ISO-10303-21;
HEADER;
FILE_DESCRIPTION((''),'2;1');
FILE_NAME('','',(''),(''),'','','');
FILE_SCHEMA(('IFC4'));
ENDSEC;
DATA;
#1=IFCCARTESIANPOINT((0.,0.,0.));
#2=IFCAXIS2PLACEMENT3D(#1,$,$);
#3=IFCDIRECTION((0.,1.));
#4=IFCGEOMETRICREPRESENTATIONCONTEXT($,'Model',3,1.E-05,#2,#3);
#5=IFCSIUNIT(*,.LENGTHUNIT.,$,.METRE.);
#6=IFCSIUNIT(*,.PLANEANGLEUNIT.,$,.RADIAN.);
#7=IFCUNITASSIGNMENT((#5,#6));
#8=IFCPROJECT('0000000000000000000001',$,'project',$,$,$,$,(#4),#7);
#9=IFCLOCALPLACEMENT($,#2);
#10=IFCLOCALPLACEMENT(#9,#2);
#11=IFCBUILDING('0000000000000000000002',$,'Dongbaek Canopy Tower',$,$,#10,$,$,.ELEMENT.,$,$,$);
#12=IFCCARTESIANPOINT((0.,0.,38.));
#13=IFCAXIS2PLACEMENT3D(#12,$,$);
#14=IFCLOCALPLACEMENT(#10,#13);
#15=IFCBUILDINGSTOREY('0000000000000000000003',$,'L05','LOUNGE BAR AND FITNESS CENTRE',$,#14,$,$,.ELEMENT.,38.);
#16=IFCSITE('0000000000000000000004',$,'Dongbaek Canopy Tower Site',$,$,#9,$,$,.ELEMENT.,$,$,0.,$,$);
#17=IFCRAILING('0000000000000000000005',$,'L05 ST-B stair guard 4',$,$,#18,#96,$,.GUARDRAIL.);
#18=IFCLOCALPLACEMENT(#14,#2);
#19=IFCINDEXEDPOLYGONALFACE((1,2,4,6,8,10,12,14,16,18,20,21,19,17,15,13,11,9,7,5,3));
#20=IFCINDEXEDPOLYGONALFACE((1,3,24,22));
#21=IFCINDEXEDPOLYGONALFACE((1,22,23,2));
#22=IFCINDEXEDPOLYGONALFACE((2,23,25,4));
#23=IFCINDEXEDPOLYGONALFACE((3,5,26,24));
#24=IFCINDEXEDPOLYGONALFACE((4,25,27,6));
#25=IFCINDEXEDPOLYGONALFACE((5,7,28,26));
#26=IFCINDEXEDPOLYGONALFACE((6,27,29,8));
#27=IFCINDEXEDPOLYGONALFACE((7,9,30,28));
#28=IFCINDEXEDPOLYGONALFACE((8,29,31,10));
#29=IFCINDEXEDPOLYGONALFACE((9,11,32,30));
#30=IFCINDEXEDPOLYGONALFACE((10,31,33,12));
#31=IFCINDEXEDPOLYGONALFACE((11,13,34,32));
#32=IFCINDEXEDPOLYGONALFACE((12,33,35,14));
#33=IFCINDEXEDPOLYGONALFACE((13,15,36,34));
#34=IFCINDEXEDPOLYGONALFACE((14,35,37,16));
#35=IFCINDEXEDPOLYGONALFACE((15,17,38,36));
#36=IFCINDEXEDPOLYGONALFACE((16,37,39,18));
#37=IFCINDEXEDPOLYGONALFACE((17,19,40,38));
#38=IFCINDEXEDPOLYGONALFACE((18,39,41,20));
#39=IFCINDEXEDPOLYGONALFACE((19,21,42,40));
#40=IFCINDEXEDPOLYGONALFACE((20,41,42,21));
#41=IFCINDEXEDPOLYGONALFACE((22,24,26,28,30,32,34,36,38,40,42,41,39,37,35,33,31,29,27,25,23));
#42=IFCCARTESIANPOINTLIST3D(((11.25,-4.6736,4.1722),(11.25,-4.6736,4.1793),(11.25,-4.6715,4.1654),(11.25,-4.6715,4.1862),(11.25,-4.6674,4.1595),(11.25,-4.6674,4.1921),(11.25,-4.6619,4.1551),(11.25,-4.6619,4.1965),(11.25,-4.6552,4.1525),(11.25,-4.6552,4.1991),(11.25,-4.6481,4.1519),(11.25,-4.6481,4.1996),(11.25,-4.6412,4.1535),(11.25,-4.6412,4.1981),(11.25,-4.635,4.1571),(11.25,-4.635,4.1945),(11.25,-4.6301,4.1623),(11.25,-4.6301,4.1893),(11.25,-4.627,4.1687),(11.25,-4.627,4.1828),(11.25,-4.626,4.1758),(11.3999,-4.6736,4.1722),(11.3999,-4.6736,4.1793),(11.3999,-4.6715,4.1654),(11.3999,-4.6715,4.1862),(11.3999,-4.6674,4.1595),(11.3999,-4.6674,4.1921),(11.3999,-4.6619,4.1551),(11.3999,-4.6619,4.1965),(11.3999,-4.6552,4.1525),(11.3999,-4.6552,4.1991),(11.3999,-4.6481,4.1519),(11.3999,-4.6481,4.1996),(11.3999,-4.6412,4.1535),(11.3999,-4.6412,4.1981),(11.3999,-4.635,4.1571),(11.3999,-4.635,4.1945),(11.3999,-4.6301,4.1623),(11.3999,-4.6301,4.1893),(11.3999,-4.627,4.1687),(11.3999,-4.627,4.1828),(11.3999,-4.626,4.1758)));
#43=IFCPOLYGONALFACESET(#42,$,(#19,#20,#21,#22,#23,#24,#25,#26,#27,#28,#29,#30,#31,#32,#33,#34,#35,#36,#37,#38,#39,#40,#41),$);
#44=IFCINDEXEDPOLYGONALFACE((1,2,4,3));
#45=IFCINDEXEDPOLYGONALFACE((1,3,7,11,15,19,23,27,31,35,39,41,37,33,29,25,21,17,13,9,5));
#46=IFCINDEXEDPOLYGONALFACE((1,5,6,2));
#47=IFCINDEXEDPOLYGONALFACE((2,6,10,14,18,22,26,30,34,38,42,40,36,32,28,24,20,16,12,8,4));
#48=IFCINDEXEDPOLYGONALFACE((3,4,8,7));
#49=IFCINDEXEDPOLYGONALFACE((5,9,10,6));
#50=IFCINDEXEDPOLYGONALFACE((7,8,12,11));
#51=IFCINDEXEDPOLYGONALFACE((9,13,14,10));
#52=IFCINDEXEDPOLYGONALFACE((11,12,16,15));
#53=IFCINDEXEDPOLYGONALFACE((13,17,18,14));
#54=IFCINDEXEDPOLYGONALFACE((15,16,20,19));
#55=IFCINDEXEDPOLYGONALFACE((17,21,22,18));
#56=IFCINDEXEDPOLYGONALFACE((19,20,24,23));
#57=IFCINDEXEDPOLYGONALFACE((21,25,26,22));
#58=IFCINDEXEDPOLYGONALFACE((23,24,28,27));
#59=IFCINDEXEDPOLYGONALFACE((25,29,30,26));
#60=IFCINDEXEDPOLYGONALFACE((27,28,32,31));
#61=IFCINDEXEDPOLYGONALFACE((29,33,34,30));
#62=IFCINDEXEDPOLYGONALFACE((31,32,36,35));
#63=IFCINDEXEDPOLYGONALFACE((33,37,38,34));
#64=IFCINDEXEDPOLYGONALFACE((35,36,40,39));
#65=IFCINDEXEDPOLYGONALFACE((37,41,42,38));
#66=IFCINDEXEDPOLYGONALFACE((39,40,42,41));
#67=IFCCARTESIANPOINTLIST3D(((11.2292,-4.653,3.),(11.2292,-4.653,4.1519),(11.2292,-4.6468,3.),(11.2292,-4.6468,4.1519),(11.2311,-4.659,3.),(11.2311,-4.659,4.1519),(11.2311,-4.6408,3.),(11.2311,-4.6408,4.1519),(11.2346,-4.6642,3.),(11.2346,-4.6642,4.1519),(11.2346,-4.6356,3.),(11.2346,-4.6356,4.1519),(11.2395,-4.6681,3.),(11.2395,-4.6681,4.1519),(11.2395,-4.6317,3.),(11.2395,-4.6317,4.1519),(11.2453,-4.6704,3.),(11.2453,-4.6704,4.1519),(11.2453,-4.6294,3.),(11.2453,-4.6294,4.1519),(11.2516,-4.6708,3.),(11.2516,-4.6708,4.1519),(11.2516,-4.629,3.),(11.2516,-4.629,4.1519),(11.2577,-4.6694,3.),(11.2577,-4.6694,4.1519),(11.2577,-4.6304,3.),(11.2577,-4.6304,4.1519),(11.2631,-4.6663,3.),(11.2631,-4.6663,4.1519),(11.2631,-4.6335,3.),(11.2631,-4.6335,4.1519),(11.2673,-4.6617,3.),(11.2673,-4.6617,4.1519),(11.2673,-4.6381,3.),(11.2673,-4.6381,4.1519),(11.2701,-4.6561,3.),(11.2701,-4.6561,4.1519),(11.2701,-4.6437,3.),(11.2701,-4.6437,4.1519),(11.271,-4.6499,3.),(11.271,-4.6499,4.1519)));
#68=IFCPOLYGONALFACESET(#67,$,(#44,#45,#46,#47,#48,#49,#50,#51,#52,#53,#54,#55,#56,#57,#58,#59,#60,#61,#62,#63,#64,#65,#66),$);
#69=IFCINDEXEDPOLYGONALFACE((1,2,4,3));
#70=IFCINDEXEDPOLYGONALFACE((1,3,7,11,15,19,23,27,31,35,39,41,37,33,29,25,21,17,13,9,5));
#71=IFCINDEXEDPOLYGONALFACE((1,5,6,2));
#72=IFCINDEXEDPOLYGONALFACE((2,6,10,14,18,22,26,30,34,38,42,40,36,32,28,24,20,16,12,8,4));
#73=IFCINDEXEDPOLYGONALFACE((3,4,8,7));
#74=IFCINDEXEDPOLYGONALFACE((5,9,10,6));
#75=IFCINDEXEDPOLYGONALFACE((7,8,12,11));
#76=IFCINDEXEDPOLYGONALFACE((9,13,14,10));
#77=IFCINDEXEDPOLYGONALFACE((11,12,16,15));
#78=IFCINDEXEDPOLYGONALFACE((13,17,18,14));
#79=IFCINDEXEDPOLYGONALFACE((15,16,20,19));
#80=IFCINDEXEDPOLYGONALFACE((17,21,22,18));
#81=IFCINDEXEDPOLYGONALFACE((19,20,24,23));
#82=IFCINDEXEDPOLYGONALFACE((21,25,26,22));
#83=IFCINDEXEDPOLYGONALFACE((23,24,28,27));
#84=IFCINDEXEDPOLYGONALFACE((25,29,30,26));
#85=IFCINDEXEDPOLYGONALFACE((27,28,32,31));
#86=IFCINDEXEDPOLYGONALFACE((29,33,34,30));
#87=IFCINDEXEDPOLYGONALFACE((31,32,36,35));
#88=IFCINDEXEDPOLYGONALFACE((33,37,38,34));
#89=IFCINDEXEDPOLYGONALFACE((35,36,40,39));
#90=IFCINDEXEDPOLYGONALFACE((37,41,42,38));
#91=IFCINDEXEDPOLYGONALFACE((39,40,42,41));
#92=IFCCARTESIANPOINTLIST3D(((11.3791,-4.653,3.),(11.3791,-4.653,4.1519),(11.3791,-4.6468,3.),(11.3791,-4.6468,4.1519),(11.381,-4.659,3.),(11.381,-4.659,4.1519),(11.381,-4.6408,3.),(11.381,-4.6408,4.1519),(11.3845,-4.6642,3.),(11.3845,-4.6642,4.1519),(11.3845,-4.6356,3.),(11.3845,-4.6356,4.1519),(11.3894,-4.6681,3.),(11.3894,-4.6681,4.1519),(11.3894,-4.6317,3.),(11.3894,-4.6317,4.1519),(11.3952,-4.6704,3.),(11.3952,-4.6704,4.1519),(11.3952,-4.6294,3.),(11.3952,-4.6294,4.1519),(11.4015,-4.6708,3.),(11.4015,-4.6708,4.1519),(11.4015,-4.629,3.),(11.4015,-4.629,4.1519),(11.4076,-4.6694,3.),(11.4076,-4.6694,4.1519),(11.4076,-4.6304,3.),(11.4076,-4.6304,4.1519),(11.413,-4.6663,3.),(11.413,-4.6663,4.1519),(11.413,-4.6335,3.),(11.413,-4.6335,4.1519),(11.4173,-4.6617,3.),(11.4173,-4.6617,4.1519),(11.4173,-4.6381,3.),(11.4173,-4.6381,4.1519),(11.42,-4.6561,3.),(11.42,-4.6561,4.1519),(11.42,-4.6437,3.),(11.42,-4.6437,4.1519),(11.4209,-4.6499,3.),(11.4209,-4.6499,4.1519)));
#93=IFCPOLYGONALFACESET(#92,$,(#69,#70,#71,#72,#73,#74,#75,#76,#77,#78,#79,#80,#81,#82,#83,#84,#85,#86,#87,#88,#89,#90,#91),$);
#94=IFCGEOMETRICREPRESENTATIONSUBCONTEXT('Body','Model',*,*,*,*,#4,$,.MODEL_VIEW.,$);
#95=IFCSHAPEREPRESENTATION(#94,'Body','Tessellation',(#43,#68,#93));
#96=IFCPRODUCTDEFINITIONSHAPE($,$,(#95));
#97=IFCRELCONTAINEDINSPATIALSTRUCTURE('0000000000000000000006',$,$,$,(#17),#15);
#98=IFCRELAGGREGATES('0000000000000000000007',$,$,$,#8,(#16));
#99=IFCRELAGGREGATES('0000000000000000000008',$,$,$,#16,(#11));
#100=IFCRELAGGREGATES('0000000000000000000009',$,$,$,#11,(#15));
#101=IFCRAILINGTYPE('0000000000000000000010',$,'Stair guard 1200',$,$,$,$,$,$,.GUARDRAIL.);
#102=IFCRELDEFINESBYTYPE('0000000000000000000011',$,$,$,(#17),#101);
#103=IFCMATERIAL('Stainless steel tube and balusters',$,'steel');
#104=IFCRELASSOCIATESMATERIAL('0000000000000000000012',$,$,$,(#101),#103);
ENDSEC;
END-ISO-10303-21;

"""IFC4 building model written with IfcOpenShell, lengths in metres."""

from ifc_helpers import new_model, si_unit, direction, frame, origin, origin_2d, place, context, subcontext, project, spatial, circle, extrude, material, type_object, element, save


model = new_model("IFC4")

# Units and contexts
model_context = context("Model", 3, precision=1e-05, world=origin(), true_north=direction((0.0, 1.0)))
body_context = subcontext(model_context, "Body", "Model", "MODEL_VIEW")
ifc_project = project(units=[si_unit("LENGTHUNIT", "METRE"), si_unit("PLANEANGLEUNIT", "RADIAN")], contexts=[model_context])

# Site, building, storey
site_placement = place(None, origin())
site = spatial("IfcSite", under=ifc_project, at=site_placement, Name="Dongbaek Canopy Tower Site", CompositionType="ELEMENT", RefElevation=0.0)
building_placement = place(site_placement, origin())
building = spatial("IfcBuilding", under=site, at=building_placement, Name="Dongbaek Canopy Tower", CompositionType="ELEMENT")
storey_placement = place(building_placement, frame((0.0, 0.0, 38.0)))
storey = spatial("IfcBuildingStorey", under=building, at=storey_placement, Name="L05", Description="LOUNGE BAR AND FITNESS CENTRE", CompositionType="ELEMENT", Elevation=38.0)

# Railing
ifc_material_1 = material(Name="Stainless steel tube and balusters", Category="steel")
railing_type_1 = type_object("IfcRailingType", Name="Stair guard 1200", PredefinedType="GUARDRAIL", material=ifc_material_1)
railing_1_placement = place(storey_placement, frame((11.25, -4.6499, 3.0)))
element("IfcRailing", 1, at=railing_1_placement, inside=storey, type_object=railing_type_1, Name="L05 ST-B stair guard 4", PredefinedType="GUARDRAIL", context=body_context, shape_type="SweptSolid", body=[
    extrude(circle(Radius=0.0239, at=origin_2d()), frame((0.0, 0.0, 1.1758), z_axis=(1.0, 0.0, 0.0), x_axis=(0.0, 1.0, 0.0)), (0.0, 0.0, 1.0), 0.1499),
    extrude(circle(Radius=0.021, at=origin_2d()), origin(), (0.0, 0.0, 1.0), 1.1519),
    extrude(circle(Radius=0.021, at=origin_2d()), frame((0.1499, 0.0, 0.0)), (0.0, 0.0, 1.0), 1.1519),
])

save(model, "model.ifc")
